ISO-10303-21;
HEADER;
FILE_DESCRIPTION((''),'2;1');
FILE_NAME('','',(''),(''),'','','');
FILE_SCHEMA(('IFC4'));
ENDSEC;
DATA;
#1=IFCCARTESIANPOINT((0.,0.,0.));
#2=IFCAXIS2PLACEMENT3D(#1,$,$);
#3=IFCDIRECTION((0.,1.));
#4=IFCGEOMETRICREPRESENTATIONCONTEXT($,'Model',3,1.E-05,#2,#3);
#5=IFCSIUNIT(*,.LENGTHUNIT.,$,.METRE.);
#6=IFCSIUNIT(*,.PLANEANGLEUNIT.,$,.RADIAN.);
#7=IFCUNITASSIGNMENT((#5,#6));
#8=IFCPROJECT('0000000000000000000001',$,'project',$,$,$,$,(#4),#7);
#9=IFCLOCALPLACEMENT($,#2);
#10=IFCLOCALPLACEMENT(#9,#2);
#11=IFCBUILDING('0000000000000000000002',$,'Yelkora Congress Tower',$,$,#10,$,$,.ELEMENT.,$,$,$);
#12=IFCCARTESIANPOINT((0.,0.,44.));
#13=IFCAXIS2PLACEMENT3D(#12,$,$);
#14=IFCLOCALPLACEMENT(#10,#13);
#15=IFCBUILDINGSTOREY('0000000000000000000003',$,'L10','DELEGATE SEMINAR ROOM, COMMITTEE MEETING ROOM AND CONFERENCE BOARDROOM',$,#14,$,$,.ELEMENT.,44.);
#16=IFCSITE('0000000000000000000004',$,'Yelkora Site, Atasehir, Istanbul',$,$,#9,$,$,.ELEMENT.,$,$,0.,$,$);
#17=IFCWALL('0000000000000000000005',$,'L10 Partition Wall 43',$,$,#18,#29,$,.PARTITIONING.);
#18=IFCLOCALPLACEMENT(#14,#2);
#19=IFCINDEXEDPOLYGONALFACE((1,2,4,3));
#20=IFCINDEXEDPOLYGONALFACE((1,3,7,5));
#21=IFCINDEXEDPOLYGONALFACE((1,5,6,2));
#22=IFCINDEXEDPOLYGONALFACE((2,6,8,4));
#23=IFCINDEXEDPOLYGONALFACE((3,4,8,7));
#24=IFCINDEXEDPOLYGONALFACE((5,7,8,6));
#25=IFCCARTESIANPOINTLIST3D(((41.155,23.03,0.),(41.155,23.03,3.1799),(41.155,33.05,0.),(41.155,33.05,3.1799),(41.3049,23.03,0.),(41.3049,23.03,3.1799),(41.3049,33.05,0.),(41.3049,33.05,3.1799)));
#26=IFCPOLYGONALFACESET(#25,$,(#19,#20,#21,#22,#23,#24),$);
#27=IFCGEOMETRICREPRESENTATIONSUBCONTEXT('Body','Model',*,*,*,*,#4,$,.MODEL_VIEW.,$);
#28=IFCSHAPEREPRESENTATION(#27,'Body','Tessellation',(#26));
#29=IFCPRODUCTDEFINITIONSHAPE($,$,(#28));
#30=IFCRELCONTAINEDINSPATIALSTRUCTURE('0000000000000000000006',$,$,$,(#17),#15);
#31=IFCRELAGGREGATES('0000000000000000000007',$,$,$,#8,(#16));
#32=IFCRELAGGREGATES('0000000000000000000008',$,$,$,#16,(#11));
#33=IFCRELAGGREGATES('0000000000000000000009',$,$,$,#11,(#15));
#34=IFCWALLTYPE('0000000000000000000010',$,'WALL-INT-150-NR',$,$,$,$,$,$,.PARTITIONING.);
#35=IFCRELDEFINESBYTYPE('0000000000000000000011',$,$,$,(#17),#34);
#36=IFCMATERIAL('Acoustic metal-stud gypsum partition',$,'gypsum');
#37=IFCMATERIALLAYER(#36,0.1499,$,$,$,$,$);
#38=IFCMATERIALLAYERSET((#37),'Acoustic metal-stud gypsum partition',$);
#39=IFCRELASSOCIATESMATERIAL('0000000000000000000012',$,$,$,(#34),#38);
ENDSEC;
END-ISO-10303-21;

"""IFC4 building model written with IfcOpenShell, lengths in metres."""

from ifc_helpers import new_model, si_unit, direction, frame, frame_2d, origin, place, context, subcontext, project, spatial, rectangle, extrude, material, layer, layer_set, type_object, element, save


model = new_model("IFC4")

# Units and contexts
model_context = context("Model", 3, precision=1e-05, world=origin(), true_north=direction((0.0, 1.0)))
body_context = subcontext(model_context, "Body", "Model", "MODEL_VIEW")
ifc_project = project(units=[si_unit("LENGTHUNIT", "METRE"), si_unit("PLANEANGLEUNIT", "RADIAN")], contexts=[model_context])

# Site, building, storey
site_placement = place(None, origin())
site = spatial("IfcSite", under=ifc_project, at=site_placement, Name="Yelkora Site, Atasehir, Istanbul", CompositionType="ELEMENT", RefElevation=0.0)
building_placement = place(site_placement, origin())
building = spatial("IfcBuilding", under=site, at=building_placement, Name="Yelkora Congress Tower", CompositionType="ELEMENT")
storey_placement = place(building_placement, frame((0.0, 0.0, 44.0)))
storey = spatial("IfcBuildingStorey", under=building, at=storey_placement, Name="L10", Description="DELEGATE SEMINAR ROOM, COMMITTEE MEETING ROOM AND CONFERENCE BOARDROOM", CompositionType="ELEMENT", Elevation=44.0)

# Shared definitions
ifc_material_1 = material(Name="Acoustic metal-stud gypsum partition", Category="gypsum")
ifc_layer = layer(ifc_material_1, 0.1499)
ifc_layer_set = layer_set([ifc_layer], Name="Acoustic metal-stud gypsum partition")
wall_type = type_object("IfcWallType", Name="WALL-INT-150-NR", PredefinedType="PARTITIONING", material=ifc_layer_set)

# Wall
for number, where, z_axis, x_axis, name in (
    (1, (41.23, 23.03, 0.0), (0.0, 0.0, 1.0), (0.0, 1.0, 0.0), "L10 Partition Wall 43"),
):
    element("IfcWall", number, at=place(storey_placement, frame(where, z_axis=z_axis, x_axis=x_axis)), inside=storey, type_object=wall_type, Name=name, PredefinedType="PARTITIONING", context=body_context, shape_type="SweptSolid", body=[
        extrude(rectangle(XDim=10.02, YDim=0.1499, at=frame_2d((5.01, 0.0))), origin(), (0.0, 0.0, 1.0), 3.1799),
    ])

save(model, "model.ifc")
